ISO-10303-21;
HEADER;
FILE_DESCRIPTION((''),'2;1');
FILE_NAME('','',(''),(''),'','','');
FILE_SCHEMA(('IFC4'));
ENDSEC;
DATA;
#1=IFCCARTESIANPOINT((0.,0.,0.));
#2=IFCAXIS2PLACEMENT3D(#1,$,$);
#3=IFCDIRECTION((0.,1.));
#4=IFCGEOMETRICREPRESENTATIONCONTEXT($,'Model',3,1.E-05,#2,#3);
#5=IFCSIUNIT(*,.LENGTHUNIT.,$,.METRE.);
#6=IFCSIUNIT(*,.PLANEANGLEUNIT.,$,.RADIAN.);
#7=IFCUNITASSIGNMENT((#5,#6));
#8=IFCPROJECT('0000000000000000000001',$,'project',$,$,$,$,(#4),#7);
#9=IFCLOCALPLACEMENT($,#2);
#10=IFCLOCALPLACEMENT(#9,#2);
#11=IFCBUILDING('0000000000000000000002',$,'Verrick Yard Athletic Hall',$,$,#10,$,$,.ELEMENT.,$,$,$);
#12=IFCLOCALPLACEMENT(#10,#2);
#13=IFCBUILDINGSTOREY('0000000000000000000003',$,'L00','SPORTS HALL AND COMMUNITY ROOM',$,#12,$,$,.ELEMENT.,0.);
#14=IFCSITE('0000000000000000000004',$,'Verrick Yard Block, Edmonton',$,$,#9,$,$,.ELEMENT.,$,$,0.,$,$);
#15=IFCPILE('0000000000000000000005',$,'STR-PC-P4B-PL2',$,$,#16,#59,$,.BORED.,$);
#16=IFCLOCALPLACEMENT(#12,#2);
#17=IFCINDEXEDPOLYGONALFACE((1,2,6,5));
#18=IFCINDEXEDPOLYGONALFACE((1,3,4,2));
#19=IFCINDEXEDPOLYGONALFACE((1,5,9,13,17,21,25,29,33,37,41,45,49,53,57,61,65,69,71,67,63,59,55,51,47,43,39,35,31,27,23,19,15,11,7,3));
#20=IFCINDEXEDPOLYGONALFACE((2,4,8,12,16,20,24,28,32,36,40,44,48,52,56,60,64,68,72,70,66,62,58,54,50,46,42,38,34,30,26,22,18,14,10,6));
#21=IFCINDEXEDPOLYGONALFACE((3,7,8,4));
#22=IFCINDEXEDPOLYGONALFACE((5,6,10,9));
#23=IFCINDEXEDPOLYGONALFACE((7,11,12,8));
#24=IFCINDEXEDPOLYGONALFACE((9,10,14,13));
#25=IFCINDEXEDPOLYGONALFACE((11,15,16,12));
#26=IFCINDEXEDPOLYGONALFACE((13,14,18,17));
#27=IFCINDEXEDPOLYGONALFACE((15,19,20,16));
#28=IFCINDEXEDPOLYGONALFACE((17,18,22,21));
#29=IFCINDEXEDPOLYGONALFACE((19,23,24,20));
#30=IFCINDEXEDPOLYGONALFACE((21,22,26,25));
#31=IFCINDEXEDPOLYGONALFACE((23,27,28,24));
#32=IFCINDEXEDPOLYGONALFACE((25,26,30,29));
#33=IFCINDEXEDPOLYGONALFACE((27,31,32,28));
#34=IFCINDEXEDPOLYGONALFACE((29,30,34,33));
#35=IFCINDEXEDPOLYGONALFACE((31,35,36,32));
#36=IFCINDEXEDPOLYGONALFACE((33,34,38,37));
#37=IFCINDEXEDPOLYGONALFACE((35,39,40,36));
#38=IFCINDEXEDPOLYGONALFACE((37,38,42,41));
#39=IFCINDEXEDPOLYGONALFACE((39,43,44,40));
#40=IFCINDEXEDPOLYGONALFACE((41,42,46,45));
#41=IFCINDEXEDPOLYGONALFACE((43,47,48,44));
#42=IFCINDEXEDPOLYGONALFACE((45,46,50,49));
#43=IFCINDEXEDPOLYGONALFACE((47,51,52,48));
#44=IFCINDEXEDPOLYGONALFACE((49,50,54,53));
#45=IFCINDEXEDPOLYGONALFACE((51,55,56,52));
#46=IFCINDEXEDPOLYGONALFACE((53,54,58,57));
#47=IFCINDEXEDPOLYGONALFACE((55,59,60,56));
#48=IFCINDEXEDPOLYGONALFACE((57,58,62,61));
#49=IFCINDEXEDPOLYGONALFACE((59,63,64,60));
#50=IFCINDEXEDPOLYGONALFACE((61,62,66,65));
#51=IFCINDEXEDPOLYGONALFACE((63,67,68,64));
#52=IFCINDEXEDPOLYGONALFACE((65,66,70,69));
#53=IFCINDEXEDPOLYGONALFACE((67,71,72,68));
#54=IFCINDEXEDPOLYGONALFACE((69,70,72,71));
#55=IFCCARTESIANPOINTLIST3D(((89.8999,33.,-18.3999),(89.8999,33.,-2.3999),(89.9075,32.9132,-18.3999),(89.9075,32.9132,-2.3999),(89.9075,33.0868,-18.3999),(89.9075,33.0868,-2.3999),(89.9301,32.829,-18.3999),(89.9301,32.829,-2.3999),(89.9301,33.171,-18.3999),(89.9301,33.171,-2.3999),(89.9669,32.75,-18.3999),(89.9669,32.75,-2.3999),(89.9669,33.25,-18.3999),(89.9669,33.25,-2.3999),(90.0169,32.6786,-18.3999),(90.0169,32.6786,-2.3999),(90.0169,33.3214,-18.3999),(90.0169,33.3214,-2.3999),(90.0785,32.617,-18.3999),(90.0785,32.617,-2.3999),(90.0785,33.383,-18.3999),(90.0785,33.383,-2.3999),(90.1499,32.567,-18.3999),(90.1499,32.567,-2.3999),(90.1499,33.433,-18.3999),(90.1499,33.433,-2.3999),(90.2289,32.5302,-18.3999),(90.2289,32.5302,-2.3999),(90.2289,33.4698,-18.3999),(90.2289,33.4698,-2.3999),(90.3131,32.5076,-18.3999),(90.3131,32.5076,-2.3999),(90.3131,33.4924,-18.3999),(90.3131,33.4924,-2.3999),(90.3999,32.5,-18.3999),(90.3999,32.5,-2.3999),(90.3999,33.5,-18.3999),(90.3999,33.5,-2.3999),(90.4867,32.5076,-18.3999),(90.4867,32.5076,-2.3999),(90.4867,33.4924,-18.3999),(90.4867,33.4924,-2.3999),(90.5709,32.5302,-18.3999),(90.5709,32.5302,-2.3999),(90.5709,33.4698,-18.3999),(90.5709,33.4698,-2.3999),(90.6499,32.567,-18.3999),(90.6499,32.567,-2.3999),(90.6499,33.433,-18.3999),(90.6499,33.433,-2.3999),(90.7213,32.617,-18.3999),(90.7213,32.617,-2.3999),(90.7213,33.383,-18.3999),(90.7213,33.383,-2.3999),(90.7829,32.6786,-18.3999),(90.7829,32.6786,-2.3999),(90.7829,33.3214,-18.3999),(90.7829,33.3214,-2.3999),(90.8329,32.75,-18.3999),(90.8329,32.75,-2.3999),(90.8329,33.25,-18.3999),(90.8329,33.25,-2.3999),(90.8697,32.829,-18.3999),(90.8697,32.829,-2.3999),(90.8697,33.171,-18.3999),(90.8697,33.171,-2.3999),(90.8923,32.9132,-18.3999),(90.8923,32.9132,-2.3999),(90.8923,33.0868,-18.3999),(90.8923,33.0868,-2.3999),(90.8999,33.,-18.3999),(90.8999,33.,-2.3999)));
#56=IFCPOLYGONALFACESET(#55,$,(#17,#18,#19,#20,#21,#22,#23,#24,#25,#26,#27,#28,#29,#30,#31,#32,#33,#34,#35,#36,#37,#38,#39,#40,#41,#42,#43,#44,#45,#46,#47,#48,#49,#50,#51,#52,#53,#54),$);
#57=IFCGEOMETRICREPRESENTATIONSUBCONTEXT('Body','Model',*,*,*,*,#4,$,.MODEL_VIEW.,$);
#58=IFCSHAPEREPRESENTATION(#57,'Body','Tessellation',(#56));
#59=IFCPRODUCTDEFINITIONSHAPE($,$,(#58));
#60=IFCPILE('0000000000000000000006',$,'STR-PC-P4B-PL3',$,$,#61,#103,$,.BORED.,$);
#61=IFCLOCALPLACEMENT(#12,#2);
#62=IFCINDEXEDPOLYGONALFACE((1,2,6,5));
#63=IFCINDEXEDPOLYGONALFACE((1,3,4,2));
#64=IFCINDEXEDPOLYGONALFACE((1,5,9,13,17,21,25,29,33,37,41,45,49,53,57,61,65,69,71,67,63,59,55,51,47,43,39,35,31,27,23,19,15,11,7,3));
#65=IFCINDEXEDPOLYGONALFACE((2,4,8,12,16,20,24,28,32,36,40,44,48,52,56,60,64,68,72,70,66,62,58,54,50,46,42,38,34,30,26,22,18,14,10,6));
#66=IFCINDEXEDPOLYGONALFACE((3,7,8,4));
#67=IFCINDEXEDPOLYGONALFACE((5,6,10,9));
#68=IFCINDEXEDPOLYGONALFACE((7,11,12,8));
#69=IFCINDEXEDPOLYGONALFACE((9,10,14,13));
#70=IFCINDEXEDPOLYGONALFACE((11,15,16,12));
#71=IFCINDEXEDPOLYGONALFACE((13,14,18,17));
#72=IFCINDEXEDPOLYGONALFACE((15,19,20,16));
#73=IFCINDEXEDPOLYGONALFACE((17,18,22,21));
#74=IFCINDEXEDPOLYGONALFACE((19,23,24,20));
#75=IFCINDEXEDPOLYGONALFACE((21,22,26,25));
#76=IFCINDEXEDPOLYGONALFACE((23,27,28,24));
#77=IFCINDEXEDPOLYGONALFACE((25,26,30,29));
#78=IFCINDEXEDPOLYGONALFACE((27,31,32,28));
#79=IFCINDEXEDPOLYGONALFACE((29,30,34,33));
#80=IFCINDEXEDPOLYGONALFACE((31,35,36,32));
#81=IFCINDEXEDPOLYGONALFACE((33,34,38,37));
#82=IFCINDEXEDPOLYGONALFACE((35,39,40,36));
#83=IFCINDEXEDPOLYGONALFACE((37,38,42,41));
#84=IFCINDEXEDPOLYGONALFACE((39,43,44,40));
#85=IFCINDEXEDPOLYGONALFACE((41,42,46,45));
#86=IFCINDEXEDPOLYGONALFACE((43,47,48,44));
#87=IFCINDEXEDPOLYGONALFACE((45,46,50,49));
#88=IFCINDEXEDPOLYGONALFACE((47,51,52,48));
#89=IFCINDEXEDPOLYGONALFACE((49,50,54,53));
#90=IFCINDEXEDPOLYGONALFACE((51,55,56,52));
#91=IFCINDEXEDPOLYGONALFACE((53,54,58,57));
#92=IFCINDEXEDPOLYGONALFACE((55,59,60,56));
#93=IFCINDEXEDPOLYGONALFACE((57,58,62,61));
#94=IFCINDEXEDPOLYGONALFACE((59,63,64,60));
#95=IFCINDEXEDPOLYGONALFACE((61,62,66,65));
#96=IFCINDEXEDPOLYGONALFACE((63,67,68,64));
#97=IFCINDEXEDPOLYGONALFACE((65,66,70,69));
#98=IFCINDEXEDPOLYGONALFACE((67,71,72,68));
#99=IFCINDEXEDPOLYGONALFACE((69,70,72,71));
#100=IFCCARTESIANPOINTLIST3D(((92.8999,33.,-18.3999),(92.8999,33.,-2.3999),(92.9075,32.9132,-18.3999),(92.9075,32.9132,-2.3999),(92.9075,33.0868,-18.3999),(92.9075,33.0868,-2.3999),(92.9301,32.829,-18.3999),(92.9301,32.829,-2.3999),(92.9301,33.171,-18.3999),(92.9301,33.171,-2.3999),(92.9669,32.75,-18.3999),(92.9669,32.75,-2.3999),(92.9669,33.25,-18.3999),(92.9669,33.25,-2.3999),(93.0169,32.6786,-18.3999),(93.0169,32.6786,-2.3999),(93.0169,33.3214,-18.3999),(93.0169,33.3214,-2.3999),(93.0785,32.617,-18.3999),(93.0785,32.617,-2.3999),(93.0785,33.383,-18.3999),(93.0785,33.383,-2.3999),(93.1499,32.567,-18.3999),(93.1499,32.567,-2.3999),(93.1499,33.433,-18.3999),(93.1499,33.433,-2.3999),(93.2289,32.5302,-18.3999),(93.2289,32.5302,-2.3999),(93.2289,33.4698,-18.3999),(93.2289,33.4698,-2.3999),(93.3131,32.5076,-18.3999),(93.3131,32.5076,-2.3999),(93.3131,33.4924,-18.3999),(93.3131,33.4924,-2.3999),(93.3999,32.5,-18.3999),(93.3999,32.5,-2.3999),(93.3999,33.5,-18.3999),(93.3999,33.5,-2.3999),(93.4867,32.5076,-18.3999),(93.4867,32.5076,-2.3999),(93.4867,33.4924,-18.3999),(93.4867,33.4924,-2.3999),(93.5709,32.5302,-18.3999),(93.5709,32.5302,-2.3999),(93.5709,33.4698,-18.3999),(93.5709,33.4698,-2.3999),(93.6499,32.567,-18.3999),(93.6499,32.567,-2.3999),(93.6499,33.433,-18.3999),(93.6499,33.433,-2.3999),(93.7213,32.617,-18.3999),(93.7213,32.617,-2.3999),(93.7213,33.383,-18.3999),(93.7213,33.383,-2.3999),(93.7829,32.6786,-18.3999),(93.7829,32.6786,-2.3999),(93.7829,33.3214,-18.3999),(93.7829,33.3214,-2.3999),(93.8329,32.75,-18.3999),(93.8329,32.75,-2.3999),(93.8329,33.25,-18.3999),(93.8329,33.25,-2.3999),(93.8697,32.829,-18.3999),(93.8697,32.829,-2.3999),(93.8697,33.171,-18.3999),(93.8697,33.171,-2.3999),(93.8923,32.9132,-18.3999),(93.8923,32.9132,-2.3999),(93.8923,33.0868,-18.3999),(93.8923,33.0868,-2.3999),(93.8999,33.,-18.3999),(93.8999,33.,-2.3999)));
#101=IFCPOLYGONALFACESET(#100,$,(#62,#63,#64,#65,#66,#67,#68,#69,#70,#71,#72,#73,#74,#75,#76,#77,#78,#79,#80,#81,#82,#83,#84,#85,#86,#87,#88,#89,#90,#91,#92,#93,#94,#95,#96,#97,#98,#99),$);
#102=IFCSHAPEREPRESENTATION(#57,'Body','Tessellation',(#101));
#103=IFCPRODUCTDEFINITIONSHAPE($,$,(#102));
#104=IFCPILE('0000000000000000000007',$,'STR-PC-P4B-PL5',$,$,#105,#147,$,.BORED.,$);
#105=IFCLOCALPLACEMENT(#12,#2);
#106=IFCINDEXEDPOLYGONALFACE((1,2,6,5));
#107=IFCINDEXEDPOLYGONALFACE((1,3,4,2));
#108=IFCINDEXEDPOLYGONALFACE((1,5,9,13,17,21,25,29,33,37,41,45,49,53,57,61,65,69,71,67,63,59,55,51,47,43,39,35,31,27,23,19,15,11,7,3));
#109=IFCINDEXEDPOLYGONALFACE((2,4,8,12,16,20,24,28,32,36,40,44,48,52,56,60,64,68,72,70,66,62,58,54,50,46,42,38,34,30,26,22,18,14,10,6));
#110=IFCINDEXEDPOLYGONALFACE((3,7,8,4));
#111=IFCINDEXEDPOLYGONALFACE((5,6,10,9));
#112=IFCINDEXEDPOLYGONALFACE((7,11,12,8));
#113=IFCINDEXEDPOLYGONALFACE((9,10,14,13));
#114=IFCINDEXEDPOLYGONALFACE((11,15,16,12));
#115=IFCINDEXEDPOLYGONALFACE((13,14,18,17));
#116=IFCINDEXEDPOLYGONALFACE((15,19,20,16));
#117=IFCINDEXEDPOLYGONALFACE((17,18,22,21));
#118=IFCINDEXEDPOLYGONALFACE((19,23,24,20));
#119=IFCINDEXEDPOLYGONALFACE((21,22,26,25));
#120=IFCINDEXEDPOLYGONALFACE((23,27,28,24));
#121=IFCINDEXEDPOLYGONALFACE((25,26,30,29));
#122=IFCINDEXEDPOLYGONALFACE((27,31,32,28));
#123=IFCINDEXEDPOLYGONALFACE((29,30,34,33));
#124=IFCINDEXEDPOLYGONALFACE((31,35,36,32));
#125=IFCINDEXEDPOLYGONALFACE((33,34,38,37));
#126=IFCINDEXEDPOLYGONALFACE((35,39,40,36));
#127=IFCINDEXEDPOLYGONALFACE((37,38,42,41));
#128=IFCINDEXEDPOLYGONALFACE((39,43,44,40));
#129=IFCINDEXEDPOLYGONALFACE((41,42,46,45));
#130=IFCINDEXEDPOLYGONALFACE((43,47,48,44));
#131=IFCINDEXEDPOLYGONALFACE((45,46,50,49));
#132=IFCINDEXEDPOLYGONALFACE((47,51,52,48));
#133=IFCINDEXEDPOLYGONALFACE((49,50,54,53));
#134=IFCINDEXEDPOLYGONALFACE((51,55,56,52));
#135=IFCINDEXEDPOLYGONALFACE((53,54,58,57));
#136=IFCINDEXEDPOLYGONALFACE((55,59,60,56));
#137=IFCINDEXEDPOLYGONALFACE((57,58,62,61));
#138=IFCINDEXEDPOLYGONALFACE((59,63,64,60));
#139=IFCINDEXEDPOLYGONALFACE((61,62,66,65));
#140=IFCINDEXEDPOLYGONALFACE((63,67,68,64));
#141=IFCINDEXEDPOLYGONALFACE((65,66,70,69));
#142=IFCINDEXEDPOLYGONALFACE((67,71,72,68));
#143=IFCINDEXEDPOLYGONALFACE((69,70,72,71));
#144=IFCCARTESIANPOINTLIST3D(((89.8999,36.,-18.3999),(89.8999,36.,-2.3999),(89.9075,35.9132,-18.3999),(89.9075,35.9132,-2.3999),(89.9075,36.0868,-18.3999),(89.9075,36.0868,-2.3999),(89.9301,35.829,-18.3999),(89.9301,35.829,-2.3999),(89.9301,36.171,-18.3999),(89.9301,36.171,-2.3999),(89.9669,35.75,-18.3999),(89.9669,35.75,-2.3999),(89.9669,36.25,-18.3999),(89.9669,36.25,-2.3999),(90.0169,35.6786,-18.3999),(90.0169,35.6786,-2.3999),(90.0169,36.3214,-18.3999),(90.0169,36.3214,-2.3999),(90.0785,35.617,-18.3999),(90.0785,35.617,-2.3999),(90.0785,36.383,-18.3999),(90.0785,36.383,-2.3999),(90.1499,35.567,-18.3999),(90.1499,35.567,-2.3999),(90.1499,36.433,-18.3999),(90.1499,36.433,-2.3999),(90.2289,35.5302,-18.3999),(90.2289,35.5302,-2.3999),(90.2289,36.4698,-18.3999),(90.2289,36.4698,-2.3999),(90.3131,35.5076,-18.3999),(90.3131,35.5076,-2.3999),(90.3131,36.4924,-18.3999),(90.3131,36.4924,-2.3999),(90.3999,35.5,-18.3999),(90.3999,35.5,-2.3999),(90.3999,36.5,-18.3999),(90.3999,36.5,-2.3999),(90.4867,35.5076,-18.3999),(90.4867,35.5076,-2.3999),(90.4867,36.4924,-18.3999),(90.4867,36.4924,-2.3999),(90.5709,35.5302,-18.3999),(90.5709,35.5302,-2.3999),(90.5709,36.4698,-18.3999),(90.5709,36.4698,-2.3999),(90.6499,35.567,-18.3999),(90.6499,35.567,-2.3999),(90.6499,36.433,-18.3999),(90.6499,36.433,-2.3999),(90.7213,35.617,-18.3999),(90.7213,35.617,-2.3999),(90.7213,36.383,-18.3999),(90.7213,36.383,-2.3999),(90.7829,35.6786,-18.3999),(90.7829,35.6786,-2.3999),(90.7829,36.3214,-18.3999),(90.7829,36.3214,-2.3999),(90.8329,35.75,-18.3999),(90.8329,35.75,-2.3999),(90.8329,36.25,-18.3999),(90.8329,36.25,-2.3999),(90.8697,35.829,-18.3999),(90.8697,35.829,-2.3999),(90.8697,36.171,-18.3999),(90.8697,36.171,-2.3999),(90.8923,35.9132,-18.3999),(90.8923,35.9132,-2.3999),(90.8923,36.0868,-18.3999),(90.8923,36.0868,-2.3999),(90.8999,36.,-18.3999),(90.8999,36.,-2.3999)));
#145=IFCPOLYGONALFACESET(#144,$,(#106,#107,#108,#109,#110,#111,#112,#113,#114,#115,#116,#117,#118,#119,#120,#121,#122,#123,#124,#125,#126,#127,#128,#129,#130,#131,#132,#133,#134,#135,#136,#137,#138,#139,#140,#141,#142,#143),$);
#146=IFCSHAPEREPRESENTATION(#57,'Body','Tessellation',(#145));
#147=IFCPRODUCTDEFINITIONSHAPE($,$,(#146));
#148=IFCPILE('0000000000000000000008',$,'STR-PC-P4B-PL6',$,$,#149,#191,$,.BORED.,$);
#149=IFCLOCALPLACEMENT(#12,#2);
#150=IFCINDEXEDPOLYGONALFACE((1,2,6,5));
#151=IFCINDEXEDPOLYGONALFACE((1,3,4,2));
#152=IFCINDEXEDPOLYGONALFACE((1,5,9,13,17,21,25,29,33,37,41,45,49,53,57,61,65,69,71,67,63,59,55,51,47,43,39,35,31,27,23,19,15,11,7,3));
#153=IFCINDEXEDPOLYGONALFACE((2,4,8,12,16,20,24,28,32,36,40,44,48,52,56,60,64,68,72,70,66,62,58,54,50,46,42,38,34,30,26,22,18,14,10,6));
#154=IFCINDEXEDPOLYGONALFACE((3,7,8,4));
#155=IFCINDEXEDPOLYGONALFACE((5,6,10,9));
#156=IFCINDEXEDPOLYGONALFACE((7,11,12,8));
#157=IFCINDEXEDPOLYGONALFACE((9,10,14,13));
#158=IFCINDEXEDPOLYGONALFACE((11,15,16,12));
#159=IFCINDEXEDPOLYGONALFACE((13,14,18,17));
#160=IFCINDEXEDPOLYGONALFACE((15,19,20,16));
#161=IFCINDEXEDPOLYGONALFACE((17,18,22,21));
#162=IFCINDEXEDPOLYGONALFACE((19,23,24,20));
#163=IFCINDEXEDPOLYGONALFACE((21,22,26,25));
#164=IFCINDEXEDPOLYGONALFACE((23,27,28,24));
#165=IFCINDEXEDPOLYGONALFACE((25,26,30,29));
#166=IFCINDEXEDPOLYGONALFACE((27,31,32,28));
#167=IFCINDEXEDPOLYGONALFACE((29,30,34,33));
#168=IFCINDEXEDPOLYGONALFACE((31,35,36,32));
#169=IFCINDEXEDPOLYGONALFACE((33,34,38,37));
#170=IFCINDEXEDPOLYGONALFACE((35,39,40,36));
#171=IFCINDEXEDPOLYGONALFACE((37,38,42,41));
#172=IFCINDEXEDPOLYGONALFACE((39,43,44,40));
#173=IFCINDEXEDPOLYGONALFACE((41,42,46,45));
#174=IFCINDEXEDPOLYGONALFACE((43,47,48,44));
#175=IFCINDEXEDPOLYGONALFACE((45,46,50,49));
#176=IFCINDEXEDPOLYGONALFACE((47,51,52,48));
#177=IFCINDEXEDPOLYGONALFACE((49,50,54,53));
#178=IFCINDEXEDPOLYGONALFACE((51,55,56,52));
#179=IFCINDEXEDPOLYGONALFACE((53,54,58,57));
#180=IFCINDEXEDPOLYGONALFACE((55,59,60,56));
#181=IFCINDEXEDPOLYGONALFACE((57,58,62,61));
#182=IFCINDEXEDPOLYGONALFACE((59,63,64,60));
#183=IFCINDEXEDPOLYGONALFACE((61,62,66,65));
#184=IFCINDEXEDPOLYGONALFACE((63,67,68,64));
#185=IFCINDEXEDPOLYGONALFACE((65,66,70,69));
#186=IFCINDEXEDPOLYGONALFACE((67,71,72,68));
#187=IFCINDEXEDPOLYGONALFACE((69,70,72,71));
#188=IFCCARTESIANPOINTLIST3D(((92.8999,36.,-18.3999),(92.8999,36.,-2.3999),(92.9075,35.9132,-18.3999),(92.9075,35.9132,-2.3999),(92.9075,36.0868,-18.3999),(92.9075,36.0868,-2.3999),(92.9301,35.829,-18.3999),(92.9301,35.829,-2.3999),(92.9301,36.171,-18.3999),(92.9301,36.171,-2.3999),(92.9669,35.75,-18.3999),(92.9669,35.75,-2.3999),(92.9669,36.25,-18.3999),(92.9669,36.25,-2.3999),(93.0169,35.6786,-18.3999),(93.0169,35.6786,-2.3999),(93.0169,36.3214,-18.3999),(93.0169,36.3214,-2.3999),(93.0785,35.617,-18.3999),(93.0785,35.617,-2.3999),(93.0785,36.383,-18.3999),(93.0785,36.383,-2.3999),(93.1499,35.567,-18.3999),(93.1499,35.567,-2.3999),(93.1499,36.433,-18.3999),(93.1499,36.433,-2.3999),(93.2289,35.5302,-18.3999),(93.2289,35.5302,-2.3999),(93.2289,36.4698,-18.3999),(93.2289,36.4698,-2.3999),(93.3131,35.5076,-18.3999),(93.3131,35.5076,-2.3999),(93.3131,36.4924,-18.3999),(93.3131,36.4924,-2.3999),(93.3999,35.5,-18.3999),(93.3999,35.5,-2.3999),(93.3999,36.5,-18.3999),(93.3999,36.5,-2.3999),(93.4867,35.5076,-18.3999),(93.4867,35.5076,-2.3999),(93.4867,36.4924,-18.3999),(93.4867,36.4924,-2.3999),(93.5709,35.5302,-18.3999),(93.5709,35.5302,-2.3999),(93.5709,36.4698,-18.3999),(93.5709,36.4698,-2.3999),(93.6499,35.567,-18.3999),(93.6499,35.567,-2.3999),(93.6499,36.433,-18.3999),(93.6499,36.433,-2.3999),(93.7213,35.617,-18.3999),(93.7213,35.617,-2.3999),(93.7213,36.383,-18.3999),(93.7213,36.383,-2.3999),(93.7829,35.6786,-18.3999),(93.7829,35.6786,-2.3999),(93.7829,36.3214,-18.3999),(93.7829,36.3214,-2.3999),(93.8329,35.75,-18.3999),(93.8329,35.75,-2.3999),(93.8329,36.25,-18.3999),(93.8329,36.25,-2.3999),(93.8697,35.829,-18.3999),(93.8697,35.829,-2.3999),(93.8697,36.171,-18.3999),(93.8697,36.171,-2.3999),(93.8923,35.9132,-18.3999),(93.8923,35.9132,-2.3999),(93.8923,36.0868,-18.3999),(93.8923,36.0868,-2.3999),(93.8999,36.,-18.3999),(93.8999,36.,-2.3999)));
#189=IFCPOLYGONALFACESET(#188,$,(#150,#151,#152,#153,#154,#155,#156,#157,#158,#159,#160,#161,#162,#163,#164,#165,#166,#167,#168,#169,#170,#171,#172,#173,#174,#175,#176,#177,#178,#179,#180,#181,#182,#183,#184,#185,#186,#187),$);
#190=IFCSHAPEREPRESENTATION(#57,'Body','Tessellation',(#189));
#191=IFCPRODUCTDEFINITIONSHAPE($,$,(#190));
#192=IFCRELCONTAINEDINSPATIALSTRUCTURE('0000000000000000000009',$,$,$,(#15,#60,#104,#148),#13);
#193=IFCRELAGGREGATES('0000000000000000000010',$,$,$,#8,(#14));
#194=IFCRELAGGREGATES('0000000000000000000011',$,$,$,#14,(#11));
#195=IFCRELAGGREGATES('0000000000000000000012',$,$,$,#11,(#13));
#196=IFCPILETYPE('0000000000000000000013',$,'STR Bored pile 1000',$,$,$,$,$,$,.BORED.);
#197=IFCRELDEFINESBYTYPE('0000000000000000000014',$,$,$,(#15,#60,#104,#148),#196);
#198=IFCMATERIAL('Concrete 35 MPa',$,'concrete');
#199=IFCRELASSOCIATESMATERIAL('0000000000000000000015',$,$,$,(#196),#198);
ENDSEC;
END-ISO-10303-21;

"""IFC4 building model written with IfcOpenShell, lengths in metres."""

from ifc_helpers import new_model, si_unit, direction, frame, origin, origin_2d, place, context, subcontext, project, spatial, circle, extrude, material, type_object, element, save


model = new_model("IFC4")

# Units and contexts
model_context = context("Model", 3, precision=1e-05, world=origin(), true_north=direction((0.0, 1.0)))
body_context = subcontext(model_context, "Body", "Model", "MODEL_VIEW")
ifc_project = project(units=[si_unit("LENGTHUNIT", "METRE"), si_unit("PLANEANGLEUNIT", "RADIAN")], contexts=[model_context])

# Site, building, storey
site_placement = place(None, origin())
site = spatial("IfcSite", under=ifc_project, at=site_placement, Name="Verrick Yard Block, Edmonton", CompositionType="ELEMENT", RefElevation=0.0)
building_placement = place(site_placement, origin())
building = spatial("IfcBuilding", under=site, at=building_placement, Name="Verrick Yard Athletic Hall", CompositionType="ELEMENT")
storey_placement = place(building_placement, origin())
storey = spatial("IfcBuildingStorey", under=building, at=storey_placement, Name="L00", Description="SPORTS HALL AND COMMUNITY ROOM", CompositionType="ELEMENT", Elevation=0.0)

# Piles
ifc_material_1 = material(Name="Concrete 35 MPa", Category="concrete")
pile_type = type_object("IfcPileType", Name="STR Bored pile 1000", PredefinedType="BORED", material=ifc_material_1)
for number, where, z_axis, x_axis, name in (
    (1, (90.3999, 33.0, -2.3999), (0.0, 0.0, -1.0), (1.0, 0.0, 0.0), "STR-PC-P4B-PL2"),
    (2, (93.3999, 33.0, -2.3999), (0.0, 0.0, -1.0), (1.0, 0.0, 0.0), "STR-PC-P4B-PL3"),
    (3, (90.3999, 36.0, -2.3999), (0.0, 0.0, -1.0), (1.0, 0.0, 0.0), "STR-PC-P4B-PL5"),
    (4, (93.3999, 36.0, -2.3999), (0.0, 0.0, -1.0), (1.0, 0.0, 0.0), "STR-PC-P4B-PL6"),
):
    element("IfcPile", number, at=place(storey_placement, frame(where, z_axis=z_axis, x_axis=x_axis)), inside=storey, type_object=pile_type, Name=name, PredefinedType="BORED", context=body_context, shape_type="SweptSolid", body=[
        extrude(circle(Radius=0.5, at=origin_2d()), origin(), (0.0, 0.0, 1.0), 16.0),
    ])

save(model, "model.ifc")
